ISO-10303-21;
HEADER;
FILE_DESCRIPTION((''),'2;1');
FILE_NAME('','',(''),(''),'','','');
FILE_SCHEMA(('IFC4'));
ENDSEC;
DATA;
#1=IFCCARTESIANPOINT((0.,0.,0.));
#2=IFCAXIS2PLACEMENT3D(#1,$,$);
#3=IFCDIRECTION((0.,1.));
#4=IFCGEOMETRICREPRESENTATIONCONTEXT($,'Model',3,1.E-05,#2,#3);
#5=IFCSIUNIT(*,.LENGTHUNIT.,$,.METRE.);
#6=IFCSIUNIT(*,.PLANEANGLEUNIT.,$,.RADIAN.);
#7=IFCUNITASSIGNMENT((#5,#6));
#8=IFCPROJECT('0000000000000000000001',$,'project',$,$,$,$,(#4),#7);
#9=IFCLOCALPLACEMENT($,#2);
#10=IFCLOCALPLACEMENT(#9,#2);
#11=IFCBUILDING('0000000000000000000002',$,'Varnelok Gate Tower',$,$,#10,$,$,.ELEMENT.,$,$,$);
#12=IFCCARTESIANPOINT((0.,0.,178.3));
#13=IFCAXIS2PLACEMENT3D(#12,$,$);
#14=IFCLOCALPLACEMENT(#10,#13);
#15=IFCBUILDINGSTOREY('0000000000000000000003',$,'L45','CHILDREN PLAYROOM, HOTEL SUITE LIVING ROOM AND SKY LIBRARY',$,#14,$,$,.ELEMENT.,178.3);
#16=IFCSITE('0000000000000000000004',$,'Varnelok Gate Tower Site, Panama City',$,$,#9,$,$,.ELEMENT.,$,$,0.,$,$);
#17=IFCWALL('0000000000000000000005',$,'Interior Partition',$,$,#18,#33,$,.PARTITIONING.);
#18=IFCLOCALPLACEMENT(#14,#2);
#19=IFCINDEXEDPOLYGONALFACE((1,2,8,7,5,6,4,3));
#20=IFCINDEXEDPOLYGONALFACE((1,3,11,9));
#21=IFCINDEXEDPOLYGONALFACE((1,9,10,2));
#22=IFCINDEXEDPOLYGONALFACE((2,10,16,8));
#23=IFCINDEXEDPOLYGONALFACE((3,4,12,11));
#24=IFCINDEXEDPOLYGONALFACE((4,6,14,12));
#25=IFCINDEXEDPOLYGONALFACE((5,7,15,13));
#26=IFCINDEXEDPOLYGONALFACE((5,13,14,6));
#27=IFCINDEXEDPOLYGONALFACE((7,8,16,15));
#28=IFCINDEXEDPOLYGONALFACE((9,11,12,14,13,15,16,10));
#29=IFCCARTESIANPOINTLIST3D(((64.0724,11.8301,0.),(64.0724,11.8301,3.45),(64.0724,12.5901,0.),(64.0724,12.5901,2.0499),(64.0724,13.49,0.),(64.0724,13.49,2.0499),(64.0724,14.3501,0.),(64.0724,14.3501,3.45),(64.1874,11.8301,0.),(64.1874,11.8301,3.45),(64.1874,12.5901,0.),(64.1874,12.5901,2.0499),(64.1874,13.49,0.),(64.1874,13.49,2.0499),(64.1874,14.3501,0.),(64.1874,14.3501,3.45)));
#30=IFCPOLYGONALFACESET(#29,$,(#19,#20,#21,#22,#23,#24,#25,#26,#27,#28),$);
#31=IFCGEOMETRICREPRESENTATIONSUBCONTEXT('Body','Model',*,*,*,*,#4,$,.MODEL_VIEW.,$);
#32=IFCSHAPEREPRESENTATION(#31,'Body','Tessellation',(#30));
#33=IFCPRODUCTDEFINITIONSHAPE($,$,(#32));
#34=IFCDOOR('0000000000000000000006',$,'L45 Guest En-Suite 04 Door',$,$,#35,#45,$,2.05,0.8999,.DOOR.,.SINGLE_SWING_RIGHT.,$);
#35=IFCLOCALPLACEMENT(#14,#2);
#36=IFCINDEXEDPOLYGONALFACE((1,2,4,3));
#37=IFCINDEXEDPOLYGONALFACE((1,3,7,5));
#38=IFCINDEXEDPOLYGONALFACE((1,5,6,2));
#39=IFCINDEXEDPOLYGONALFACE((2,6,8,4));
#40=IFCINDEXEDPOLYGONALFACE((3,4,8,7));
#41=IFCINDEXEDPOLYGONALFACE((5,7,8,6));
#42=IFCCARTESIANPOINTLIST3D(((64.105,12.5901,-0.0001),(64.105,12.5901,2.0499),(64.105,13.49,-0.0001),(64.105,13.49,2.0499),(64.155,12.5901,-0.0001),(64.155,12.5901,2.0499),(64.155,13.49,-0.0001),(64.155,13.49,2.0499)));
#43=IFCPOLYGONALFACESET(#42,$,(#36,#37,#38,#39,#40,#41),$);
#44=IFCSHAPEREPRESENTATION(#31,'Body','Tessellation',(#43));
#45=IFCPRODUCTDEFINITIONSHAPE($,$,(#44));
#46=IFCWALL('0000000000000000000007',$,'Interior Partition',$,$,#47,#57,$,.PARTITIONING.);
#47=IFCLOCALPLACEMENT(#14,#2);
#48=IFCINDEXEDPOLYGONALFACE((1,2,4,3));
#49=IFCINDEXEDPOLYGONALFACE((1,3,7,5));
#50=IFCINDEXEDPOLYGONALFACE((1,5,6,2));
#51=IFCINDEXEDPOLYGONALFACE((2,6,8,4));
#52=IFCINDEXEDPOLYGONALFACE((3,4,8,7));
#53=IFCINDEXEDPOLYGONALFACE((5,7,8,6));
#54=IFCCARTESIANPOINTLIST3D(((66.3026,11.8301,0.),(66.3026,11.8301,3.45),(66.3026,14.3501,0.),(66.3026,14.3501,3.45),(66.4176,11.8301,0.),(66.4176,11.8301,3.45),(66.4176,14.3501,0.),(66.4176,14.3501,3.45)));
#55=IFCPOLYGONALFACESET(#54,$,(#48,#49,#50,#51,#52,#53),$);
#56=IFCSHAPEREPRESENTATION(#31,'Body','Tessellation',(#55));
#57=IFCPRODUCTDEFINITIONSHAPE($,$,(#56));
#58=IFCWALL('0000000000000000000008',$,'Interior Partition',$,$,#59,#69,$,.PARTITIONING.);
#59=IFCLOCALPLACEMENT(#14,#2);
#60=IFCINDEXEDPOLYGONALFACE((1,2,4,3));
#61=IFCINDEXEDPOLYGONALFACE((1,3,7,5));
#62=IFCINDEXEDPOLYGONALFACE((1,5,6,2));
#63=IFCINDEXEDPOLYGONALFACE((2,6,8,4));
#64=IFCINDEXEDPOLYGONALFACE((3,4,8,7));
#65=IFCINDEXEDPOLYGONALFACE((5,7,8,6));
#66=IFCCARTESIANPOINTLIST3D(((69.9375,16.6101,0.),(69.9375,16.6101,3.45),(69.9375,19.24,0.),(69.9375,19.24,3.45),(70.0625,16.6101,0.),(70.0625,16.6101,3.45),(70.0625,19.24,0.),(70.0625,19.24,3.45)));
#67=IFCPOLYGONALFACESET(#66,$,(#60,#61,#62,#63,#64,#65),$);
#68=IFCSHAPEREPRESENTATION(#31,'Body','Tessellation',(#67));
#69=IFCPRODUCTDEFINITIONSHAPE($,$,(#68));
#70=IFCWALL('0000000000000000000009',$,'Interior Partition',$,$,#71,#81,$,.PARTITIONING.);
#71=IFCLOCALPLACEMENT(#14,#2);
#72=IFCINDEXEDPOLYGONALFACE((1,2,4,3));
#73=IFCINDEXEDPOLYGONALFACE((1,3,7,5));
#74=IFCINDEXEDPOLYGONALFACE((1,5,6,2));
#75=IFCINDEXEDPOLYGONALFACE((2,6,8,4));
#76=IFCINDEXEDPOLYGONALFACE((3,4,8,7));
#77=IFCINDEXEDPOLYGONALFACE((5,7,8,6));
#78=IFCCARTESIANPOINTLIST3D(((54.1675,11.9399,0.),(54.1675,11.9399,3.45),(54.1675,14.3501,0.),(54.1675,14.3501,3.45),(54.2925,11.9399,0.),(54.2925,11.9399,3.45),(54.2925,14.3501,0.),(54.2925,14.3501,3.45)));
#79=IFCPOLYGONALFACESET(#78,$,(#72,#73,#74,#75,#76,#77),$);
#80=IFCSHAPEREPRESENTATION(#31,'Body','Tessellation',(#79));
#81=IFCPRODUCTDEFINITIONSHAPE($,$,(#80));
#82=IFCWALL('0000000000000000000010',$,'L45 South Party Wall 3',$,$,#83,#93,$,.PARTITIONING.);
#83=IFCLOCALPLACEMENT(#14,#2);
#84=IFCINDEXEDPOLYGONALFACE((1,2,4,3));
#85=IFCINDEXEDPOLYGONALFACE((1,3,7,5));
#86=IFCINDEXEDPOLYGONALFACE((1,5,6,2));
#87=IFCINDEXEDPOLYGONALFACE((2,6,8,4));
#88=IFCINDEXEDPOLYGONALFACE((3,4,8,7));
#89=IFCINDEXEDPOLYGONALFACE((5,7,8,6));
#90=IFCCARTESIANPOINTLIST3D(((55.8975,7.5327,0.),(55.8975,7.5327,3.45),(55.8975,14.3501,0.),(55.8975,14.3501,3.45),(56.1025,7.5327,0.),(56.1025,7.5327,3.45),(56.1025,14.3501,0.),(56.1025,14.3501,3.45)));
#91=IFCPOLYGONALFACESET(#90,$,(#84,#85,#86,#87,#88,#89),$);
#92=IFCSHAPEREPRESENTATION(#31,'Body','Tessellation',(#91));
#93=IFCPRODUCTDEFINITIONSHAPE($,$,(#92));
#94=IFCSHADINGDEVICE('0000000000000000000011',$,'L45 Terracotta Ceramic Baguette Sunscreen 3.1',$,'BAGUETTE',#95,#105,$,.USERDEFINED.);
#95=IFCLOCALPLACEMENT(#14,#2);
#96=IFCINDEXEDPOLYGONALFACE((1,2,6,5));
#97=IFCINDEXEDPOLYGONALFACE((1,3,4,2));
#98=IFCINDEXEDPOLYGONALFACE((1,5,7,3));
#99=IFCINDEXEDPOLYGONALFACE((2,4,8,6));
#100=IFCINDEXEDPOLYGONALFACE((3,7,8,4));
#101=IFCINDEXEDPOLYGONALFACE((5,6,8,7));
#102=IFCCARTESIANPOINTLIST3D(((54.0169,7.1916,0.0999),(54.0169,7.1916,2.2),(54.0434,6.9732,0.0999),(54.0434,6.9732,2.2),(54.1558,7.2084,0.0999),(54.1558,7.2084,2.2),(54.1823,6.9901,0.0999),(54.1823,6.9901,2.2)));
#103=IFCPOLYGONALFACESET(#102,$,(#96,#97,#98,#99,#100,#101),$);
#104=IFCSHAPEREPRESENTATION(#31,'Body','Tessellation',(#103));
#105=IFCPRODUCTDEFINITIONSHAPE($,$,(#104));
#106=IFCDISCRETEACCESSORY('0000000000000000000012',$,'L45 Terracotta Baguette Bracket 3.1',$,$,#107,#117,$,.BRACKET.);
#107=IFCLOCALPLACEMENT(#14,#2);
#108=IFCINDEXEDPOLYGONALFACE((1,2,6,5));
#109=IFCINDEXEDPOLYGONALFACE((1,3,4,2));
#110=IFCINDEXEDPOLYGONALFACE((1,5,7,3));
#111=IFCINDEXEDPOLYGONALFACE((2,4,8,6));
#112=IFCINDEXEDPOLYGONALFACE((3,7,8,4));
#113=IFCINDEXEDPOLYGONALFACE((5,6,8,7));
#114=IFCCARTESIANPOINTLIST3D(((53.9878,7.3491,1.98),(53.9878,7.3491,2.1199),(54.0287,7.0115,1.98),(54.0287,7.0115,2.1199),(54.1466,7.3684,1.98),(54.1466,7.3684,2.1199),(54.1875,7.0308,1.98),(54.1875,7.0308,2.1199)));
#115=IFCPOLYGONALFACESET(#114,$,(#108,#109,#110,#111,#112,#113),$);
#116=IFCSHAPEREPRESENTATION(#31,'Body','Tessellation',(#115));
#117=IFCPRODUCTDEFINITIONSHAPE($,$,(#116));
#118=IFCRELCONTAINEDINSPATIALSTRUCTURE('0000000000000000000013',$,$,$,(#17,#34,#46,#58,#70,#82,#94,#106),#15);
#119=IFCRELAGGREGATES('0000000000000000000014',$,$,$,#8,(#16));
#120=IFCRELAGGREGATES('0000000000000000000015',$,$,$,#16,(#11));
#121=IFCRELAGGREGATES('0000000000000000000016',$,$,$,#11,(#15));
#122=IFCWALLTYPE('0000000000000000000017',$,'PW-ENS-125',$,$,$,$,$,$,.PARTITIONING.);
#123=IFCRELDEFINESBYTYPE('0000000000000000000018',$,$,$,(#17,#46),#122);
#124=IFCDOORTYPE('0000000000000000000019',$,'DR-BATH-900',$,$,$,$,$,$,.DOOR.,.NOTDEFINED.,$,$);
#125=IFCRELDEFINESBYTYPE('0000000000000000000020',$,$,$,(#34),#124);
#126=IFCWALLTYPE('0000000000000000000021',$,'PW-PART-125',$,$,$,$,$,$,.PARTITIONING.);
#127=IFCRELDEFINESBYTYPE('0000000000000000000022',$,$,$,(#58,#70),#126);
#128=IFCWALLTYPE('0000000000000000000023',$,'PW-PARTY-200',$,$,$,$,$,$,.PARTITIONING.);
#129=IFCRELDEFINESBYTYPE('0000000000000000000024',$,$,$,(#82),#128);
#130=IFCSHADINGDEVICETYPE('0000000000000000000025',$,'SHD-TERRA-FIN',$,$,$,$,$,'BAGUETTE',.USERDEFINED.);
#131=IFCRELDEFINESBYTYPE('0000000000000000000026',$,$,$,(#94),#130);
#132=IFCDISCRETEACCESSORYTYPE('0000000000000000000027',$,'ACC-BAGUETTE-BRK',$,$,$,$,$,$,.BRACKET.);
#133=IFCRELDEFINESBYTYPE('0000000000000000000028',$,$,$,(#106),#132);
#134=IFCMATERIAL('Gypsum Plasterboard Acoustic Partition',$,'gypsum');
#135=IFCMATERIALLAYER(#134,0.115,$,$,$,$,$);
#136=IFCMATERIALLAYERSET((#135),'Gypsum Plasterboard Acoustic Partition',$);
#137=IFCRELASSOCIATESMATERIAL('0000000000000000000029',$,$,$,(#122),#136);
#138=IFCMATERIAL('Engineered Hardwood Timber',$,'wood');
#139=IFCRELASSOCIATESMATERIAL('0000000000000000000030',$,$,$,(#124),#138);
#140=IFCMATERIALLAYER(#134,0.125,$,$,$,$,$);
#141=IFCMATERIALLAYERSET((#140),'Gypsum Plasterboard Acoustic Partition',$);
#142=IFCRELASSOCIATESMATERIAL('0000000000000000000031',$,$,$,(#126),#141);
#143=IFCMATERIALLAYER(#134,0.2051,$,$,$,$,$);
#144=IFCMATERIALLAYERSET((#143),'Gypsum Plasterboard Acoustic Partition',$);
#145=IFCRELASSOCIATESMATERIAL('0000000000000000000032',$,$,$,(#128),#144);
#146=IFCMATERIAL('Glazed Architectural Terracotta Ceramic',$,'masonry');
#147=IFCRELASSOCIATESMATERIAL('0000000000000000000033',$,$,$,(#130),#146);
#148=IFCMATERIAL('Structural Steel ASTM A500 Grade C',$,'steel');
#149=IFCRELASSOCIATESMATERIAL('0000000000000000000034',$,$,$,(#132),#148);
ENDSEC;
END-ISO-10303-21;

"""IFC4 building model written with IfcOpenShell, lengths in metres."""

from ifc_helpers import new_model, si_unit, direction, frame, frame_2d, origin, origin_2d, place, context, subcontext, project, spatial, rectangle, extrude, source, transform, mapped, material, layer, layer_set, type_object, element, fill, save


model = new_model("IFC4")

# Units and contexts
model_context = context("Model", 3, precision=1e-05, world=origin(), true_north=direction((0.0, 1.0)))
body_context = subcontext(model_context, "Body", "Model", "MODEL_VIEW")
ifc_project = project(units=[si_unit("LENGTHUNIT", "METRE"), si_unit("PLANEANGLEUNIT", "RADIAN")], contexts=[model_context])

# Site, building, storey
site_placement = place(None, origin())
site = spatial("IfcSite", under=ifc_project, at=site_placement, Name="Varnelok Gate Tower Site, Panama City", CompositionType="ELEMENT", RefElevation=0.0)
building_placement = place(site_placement, origin())
building = spatial("IfcBuilding", under=site, at=building_placement, Name="Varnelok Gate Tower", CompositionType="ELEMENT")
storey_placement = place(building_placement, frame((0.0, 0.0, 178.3)))
storey = spatial("IfcBuildingStorey", under=building, at=storey_placement, Name="L45", Description="CHILDREN PLAYROOM, HOTEL SUITE LIVING ROOM AND SKY LIBRARY", CompositionType="ELEMENT", Elevation=178.3)

# Shared definitions
ifc_material_1 = material(Name="Gypsum Plasterboard Acoustic Partition", Category="gypsum")
ifc_material_2 = material(Name="Engineered Hardwood Timber", Category="wood")

# Shared definitions
ifc_layer_1 = layer(ifc_material_1, 0.115)
ifc_layer_set_1 = layer_set([ifc_layer_1], Name="Gypsum Plasterboard Acoustic Partition")
wall_type_1 = type_object("IfcWallType", Name="PW-ENS-125", PredefinedType="PARTITIONING", material=ifc_layer_set_1)

# Wall, opening, door
wall_1_placement = place(storey_placement, frame((64.1299, 11.8301, 0.0), z_axis=(0.0, 0.0, 1.0), x_axis=(0.0, 1.0, 0.0)))
wall_1 = element("IfcWall", 1, at=wall_1_placement, inside=storey, type_object=wall_type_1, Name="Interior Partition", PredefinedType="PARTITIONING", context=body_context, shape_type="SweptSolid", body=[
    extrude(rectangle(XDim=2.52, YDim=0.115, at=frame_2d((1.26, 0.0))), origin(), (0.0, 0.0, 1.0), 3.45),
])
opening_1_placement = place(wall_1_placement, frame((0.76, 0.0, 0.0)))
opening_1 = element("IfcOpeningElement", 2, at=opening_1_placement, cuts=wall_1, PredefinedType="OPENING", context=body_context, shape_type="SweptSolid", body=[
    extrude(rectangle(XDim=0.8999, YDim=2.05, at=frame_2d((0.45, 1.0249))), frame((0.0, 0.0674, 0.0), z_axis=(0.0, -1.0, 0.0), x_axis=(1.0, 0.0, 0.0)), (0.0, 0.0, 1.0), 0.135),
])
door_type_1 = type_object("IfcDoorType", Name="DR-BATH-900", OperationType="NOTDEFINED", PredefinedType="DOOR", material=ifc_material_2)
door_1_placement = place(opening_1_placement, origin())
door_1 = element("IfcDoor", 3, at=door_1_placement, inside=storey, type_object=door_type_1, Name="L45 Guest En-Suite 04 Door", OperationType="SINGLE_SWING_RIGHT", OverallHeight=2.05, OverallWidth=0.8999, PredefinedType="DOOR", context=body_context, shape_type="SweptSolid", body=[
    extrude(rectangle(XDim=0.8999, YDim=2.05, at=frame_2d((0.45, 1.0249))), frame((0.0, 0.0249, 0.0), z_axis=(0.0, -1.0, 0.0), x_axis=(1.0, 0.0, 0.0)), (0.0, 0.0, 1.0), 0.05),
])
fill(opening_1, door_1)

# Walls
wall_2_placement = place(storey_placement, frame((66.3601, 11.8301, 0.0), z_axis=(0.0, 0.0, 1.0), x_axis=(0.0, 1.0, 0.0)))
element("IfcWall", 4, at=wall_2_placement, inside=storey, type_object=wall_type_1, Name="Interior Partition", PredefinedType="PARTITIONING", context=body_context, shape_type="SweptSolid", body=[
    extrude(rectangle(XDim=2.52, YDim=0.115, at=frame_2d((1.26, 0.0))), origin(), (0.0, 0.0, 1.0), 3.45),
])
ifc_layer_2 = layer(ifc_material_1, 0.125)
ifc_layer_set_2 = layer_set([ifc_layer_2], Name="Gypsum Plasterboard Acoustic Partition")
wall_type_2 = type_object("IfcWallType", Name="PW-PART-125", PredefinedType="PARTITIONING", material=ifc_layer_set_2)
wall_3_placement = place(storey_placement, frame((70.0, 16.6101, 0.0), z_axis=(0.0, 0.0, 1.0), x_axis=(0.0, 1.0, 0.0)))
element("IfcWall", 5, at=wall_3_placement, inside=storey, type_object=wall_type_2, Name="Interior Partition", PredefinedType="PARTITIONING", context=body_context, shape_type="SweptSolid", body=[
    extrude(rectangle(XDim=2.6299, YDim=0.125, at=frame_2d((1.3149, 0.0))), origin(), (0.0, 0.0, 1.0), 3.45),
])
wall_4_placement = place(storey_placement, frame((54.23, 11.9399, 0.0), z_axis=(0.0, 0.0, 1.0), x_axis=(0.0, 1.0, 0.0)))
element("IfcWall", 6, at=wall_4_placement, inside=storey, type_object=wall_type_2, Name="Interior Partition", PredefinedType="PARTITIONING", context=body_context, shape_type="SweptSolid", body=[
    extrude(rectangle(XDim=2.4102, YDim=0.125, at=frame_2d((1.2051, 0.0))), origin(), (0.0, 0.0, 1.0), 3.45),
])
ifc_layer_3 = layer(ifc_material_1, 0.2051)
ifc_layer_set_3 = layer_set([ifc_layer_3], Name="Gypsum Plasterboard Acoustic Partition")
wall_type_3 = type_object("IfcWallType", Name="PW-PARTY-200", PredefinedType="PARTITIONING", material=ifc_layer_set_3)
wall_5_placement = place(storey_placement, frame((56.0, 7.5327, 0.0), z_axis=(0.0, 0.0, 1.0), x_axis=(0.0, 1.0, 0.0)))
element("IfcWall", 7, at=wall_5_placement, inside=storey, type_object=wall_type_3, Name="L45 South Party Wall 3", PredefinedType="PARTITIONING", context=body_context, shape_type="SweptSolid", body=[
    extrude(rectangle(XDim=6.8174, YDim=0.2051, at=frame_2d((3.4087, 0.0))), origin(), (0.0, 0.0, 1.0), 3.45),
])

# Shading device
ifc_material_3 = material(Name="Glazed Architectural Terracotta Ceramic", Category="masonry")
shading_device_type = type_object("IfcShadingDeviceType", Name="SHD-TERRA-FIN", ElementType="BAGUETTE", PredefinedType="USERDEFINED", material=ifc_material_3)
shared_shape_1 = source(origin(), body_context, "Body", "SweptSolid", [
    extrude(rectangle(XDim=0.1399, YDim=0.22, at=origin_2d()), origin(), (0.0, 0.0, 1.0), 2.1001),
])
shading_device_placement = place(storey_placement, frame((54.0996, 7.0908, 0.0999), z_axis=(0.0, 0.0, 1.0), x_axis=(0.992732, 0.120345, 0.0)))
element("IfcShadingDevice", 8, at=shading_device_placement, inside=storey, type_object=shading_device_type, Name="L45 Terracotta Ceramic Baguette Sunscreen 3.1", ObjectType="BAGUETTE", PredefinedType="USERDEFINED", context=body_context, shape_type="MappedRepresentation", body=[
    mapped(shared_shape_1, transform((0.0, 0.0, 0.0), scale=1.0)),
])

# Discrete accessory
ifc_material_4 = material(Name="Structural Steel ASTM A500 Grade C", Category="steel")
discrete_accessory_type = type_object("IfcDiscreteAccessoryType", Name="ACC-BAGUETTE-BRK", PredefinedType="BRACKET", material=ifc_material_4)
shared_shape_2 = source(origin(), body_context, "Body", "SweptSolid", [
    extrude(rectangle(XDim=0.1599, YDim=0.3401, at=origin_2d()), origin(), (0.0, 0.0, 1.0), 0.1399),
])
discrete_accessory_placement = place(storey_placement, frame((54.0876, 7.1899, 1.98), z_axis=(0.0, 0.0, 1.0), x_axis=(0.992732, 0.120345, 0.0)))
element("IfcDiscreteAccessory", 9, at=discrete_accessory_placement, inside=storey, type_object=discrete_accessory_type, Name="L45 Terracotta Baguette Bracket 3.1", PredefinedType="BRACKET", context=body_context, shape_type="MappedRepresentation", body=[
    mapped(shared_shape_2, transform((0.0, 0.0, 0.0), scale=1.0)),
])

save(model, "model.ifc")
